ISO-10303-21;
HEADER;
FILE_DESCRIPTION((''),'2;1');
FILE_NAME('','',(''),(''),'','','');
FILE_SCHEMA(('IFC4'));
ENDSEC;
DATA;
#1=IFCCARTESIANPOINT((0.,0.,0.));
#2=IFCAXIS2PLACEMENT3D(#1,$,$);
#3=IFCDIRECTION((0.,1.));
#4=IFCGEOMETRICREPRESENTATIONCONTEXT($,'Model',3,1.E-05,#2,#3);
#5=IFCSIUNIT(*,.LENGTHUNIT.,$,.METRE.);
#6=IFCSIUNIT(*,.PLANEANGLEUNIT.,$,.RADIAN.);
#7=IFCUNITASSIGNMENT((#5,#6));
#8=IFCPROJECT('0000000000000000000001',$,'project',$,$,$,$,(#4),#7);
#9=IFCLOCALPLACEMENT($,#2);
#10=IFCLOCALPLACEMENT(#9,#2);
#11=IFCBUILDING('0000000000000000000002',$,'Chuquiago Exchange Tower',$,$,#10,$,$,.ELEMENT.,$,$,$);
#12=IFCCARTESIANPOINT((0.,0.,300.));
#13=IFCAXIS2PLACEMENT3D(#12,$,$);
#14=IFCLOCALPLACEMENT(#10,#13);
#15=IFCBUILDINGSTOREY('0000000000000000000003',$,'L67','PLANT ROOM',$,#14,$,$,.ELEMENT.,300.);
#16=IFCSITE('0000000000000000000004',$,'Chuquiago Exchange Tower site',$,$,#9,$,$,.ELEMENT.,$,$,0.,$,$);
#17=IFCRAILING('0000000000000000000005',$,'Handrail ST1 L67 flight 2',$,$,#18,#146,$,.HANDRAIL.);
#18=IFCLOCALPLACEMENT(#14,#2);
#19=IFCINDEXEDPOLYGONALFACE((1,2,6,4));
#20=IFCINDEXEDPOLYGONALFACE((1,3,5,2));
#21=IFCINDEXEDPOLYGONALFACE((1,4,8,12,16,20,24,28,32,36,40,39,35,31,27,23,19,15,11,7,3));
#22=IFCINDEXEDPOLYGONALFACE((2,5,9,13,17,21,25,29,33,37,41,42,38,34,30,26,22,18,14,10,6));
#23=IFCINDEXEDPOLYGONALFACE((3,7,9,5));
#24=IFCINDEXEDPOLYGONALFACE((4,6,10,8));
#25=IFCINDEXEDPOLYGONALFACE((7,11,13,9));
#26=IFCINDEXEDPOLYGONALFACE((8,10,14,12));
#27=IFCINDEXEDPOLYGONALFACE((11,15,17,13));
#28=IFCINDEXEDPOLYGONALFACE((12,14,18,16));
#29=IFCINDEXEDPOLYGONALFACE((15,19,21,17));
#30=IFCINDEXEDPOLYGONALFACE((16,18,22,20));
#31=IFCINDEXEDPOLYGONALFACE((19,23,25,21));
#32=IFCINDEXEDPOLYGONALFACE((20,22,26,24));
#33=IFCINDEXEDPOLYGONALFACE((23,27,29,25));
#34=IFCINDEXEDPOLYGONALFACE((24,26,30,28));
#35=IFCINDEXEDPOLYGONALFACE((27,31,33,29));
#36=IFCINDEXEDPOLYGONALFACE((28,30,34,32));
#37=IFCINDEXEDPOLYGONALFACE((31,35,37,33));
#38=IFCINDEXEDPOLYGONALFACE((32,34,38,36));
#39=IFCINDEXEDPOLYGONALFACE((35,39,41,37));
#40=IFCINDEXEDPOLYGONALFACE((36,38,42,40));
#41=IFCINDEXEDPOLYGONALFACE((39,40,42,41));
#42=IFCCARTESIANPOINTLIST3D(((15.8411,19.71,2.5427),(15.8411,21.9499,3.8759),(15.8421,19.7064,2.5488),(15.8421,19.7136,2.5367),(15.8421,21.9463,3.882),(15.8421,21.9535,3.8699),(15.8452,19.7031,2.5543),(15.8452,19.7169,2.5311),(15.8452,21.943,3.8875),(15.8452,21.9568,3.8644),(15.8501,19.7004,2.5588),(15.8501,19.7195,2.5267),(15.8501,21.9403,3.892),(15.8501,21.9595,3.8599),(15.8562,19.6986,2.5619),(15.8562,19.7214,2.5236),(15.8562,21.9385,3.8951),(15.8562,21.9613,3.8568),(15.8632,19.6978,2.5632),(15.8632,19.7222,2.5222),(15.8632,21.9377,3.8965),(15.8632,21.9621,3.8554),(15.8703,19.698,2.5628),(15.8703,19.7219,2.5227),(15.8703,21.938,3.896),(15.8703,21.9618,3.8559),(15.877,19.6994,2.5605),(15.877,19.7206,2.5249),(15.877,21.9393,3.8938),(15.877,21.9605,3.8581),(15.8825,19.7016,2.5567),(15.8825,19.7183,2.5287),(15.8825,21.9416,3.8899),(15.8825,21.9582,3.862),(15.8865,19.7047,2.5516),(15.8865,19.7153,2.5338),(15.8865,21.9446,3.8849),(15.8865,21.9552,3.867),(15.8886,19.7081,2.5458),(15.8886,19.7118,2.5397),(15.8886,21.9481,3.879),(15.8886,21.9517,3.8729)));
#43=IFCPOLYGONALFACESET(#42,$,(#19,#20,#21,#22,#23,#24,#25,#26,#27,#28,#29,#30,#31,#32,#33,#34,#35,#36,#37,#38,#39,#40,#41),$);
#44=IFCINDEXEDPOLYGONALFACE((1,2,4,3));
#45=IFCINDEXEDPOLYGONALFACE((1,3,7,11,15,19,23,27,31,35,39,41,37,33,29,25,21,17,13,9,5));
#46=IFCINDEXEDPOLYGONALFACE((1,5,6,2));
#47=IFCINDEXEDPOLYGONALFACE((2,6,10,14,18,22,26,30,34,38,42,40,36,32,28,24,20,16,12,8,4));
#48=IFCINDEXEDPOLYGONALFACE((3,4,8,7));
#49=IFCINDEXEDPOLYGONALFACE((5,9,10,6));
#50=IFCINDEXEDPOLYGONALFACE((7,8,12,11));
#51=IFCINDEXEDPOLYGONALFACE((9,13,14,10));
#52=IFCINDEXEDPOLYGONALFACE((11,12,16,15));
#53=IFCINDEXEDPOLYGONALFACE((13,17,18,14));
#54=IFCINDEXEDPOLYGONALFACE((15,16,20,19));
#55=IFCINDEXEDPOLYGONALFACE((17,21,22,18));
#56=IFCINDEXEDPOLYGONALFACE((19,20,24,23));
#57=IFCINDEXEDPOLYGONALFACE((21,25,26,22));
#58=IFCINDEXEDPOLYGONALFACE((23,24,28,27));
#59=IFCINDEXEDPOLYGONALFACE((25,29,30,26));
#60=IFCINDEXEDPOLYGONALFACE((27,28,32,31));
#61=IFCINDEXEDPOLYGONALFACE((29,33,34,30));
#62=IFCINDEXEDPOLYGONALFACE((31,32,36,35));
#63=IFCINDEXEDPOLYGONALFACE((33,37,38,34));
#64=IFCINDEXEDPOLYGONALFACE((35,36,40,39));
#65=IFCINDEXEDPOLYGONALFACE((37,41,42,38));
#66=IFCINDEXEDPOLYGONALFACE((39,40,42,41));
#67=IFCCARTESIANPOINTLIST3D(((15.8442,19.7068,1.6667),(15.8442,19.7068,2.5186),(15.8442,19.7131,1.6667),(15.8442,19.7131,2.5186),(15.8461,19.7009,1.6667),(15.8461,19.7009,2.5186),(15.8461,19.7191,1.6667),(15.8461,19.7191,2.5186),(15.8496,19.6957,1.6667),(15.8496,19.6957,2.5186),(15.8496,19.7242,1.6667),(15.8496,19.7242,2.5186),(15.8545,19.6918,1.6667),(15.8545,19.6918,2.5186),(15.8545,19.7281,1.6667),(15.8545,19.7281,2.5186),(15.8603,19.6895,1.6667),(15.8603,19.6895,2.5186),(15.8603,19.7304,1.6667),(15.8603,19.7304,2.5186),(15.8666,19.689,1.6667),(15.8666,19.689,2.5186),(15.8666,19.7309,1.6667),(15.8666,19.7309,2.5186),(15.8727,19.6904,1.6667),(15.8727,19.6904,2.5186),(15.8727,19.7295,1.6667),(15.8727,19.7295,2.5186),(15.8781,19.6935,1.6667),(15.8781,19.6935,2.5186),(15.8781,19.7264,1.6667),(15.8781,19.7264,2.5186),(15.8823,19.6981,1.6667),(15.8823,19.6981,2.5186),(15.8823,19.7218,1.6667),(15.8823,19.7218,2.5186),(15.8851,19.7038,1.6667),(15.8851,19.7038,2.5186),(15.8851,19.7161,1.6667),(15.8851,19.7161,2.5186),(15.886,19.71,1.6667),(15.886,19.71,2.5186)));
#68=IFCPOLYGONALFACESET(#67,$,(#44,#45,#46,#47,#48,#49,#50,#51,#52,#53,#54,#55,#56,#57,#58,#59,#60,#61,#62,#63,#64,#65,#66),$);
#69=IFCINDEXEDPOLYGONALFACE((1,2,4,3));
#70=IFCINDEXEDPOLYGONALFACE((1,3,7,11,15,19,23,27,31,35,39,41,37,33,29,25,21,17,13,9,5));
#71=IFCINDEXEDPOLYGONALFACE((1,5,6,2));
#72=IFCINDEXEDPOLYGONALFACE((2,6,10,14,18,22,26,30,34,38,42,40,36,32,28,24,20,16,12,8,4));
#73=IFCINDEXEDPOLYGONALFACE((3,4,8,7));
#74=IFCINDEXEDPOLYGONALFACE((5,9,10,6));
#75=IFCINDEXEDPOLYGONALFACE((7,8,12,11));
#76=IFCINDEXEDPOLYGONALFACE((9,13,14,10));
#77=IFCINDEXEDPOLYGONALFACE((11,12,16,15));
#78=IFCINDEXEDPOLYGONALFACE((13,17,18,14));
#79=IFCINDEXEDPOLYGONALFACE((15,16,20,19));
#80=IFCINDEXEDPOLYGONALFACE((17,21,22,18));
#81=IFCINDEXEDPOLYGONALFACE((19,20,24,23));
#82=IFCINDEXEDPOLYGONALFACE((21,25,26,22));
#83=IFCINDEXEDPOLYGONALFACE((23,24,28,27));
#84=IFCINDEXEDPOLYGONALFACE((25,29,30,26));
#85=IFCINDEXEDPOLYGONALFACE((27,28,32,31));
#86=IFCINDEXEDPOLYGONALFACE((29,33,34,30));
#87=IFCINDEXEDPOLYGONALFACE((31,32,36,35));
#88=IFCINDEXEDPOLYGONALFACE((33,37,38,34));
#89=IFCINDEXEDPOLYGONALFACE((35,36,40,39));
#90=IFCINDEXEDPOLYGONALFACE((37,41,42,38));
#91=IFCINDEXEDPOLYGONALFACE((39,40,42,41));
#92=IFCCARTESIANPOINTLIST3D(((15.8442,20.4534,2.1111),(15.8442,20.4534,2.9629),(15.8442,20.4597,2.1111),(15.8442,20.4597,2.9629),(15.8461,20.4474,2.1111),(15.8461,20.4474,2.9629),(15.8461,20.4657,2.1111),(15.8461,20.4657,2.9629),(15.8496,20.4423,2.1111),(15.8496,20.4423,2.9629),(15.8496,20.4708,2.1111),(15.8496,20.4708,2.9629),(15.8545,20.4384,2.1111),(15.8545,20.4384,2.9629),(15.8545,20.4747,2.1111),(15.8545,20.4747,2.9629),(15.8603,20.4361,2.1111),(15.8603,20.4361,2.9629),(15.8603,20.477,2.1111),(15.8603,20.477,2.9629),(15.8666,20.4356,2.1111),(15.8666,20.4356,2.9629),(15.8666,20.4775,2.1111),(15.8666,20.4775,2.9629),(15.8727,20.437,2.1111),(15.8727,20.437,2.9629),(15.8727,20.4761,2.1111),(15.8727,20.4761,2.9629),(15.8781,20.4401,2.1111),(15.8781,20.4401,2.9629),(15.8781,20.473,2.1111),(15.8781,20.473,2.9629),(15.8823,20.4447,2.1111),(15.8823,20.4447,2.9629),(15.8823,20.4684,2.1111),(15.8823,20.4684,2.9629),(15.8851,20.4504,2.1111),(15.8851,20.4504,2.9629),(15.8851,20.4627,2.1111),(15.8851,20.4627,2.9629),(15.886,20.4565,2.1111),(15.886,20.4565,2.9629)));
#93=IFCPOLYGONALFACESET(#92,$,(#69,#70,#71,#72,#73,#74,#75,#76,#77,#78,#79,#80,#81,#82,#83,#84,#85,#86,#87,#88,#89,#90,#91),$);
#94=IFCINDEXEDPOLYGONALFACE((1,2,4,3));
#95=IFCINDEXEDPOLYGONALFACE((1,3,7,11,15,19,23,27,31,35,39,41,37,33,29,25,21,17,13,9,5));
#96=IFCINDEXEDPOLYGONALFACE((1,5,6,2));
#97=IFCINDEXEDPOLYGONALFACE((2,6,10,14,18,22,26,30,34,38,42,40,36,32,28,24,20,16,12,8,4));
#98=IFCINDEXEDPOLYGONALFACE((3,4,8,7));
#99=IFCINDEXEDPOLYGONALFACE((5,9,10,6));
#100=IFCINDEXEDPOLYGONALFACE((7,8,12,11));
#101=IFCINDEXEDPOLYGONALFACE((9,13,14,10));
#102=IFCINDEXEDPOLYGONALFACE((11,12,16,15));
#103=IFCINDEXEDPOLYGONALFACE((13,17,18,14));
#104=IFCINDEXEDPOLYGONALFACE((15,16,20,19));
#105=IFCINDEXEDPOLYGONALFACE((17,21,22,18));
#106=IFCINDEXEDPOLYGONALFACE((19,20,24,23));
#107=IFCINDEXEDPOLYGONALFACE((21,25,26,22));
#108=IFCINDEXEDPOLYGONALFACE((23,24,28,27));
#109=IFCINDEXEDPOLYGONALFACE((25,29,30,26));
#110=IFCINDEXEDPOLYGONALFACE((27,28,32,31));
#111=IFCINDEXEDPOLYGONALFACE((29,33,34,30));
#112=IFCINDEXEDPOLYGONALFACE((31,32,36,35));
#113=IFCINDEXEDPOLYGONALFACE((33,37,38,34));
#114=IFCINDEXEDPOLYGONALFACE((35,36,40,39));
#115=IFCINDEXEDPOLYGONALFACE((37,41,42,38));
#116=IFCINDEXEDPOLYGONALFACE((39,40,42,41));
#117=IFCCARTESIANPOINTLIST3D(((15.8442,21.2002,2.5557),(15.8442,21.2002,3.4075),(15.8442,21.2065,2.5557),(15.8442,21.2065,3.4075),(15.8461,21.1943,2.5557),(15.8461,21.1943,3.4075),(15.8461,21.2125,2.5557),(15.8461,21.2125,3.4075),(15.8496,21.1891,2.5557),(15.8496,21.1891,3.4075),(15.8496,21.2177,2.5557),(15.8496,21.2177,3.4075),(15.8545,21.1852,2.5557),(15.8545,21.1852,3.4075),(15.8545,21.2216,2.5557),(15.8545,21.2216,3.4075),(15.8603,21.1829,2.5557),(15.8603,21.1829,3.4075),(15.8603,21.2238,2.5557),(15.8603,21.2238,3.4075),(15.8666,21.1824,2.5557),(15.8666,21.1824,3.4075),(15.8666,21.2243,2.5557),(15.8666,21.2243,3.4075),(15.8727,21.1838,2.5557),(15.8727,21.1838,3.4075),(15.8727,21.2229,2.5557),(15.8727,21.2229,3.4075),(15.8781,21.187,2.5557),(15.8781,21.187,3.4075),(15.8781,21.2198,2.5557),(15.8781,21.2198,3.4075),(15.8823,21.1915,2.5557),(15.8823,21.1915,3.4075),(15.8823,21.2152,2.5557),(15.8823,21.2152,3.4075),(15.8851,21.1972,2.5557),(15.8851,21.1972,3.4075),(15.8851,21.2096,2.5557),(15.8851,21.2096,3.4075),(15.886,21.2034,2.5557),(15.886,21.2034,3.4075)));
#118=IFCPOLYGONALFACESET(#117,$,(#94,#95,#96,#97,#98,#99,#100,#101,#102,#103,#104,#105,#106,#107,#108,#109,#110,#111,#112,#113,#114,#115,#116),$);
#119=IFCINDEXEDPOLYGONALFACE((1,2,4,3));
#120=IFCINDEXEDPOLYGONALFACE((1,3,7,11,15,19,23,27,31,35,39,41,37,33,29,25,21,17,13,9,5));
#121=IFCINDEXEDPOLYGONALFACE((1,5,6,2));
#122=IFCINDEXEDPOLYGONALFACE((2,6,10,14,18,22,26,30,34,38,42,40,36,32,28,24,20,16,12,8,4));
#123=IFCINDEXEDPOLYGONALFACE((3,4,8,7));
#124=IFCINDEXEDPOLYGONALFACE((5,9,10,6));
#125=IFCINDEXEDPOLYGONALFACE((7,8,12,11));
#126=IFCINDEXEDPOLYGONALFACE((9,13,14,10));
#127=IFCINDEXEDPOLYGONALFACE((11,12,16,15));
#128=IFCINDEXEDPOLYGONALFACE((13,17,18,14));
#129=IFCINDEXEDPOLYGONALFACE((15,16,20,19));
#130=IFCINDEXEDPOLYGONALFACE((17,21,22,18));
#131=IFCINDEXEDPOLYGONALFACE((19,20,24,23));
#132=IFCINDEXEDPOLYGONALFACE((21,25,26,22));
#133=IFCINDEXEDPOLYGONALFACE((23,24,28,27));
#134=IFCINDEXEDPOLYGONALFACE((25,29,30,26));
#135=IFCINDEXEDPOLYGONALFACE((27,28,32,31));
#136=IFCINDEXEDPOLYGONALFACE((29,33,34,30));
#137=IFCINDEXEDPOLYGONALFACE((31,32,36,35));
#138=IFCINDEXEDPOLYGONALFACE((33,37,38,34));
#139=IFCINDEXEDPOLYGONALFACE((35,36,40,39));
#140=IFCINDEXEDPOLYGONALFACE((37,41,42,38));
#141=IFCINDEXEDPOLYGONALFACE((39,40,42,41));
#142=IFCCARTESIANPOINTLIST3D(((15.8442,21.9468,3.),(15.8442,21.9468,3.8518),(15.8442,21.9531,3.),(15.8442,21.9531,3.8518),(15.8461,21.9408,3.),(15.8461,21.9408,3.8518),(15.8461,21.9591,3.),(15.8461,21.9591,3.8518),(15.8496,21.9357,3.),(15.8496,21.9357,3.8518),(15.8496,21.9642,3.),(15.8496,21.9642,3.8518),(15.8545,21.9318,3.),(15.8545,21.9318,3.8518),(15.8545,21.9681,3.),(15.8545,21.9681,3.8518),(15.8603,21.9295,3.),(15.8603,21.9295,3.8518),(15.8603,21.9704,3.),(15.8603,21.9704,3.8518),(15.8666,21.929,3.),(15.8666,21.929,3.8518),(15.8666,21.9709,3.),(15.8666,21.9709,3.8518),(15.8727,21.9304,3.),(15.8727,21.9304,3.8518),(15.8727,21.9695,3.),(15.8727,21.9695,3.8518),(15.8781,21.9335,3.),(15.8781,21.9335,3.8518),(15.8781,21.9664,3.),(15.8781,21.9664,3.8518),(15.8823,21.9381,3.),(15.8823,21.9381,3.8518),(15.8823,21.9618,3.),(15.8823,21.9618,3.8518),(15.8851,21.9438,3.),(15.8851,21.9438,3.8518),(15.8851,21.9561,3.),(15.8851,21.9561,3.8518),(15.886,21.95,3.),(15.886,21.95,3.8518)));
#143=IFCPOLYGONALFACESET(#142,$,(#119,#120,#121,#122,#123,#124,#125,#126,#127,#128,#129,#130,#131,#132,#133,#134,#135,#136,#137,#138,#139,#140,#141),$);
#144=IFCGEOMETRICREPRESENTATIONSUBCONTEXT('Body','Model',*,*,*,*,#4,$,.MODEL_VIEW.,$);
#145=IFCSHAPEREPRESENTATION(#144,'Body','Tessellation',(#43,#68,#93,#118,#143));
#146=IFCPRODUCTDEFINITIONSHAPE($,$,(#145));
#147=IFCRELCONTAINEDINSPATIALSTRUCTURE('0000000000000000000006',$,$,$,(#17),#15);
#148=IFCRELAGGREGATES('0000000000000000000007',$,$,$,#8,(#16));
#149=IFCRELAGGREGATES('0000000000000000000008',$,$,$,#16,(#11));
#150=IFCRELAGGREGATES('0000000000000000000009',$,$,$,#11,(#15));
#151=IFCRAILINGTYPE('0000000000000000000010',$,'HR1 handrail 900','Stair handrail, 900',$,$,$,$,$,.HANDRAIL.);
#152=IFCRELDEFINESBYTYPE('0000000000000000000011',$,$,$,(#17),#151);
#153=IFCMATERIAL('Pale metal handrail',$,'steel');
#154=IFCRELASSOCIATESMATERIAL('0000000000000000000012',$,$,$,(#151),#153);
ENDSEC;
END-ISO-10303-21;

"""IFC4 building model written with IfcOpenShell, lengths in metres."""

from ifc_helpers import new_model, si_unit, direction, frame, origin, origin_2d, place, context, subcontext, project, spatial, circle, extrude, material, type_object, element, save


model = new_model("IFC4")

# Units and contexts
model_context = context("Model", 3, precision=1e-05, world=origin(), true_north=direction((0.0, 1.0)))
body_context = subcontext(model_context, "Body", "Model", "MODEL_VIEW")
ifc_project = project(units=[si_unit("LENGTHUNIT", "METRE"), si_unit("PLANEANGLEUNIT", "RADIAN")], contexts=[model_context])

# Site, building, storey
site_placement = place(None, origin())
site = spatial("IfcSite", under=ifc_project, at=site_placement, Name="Chuquiago Exchange Tower site", CompositionType="ELEMENT", RefElevation=0.0)
building_placement = place(site_placement, origin())
building = spatial("IfcBuilding", under=site, at=building_placement, Name="Chuquiago Exchange Tower", CompositionType="ELEMENT")
storey_placement = place(building_placement, frame((0.0, 0.0, 300.0)))
storey = spatial("IfcBuildingStorey", under=building, at=storey_placement, Name="L67", Description="PLANT ROOM", CompositionType="ELEMENT", Elevation=300.0)

# Railing
ifc_material_1 = material(Name="Pale metal handrail", Category="steel")
railing_type_1 = type_object("IfcRailingType", Name="HR1 handrail 900", Description="Stair handrail, 900", PredefinedType="HANDRAIL", material=ifc_material_1)
for number, where, name in (
    (1, (15.865, 19.71, 1.6667), "Handrail ST1 L67 flight 2"),
):
    element("IfcRailing", number, at=place(storey_placement, frame(where)), inside=storey, type_object=railing_type_1, Name=name, PredefinedType="HANDRAIL", context=body_context, shape_type="SweptSolid", body=[
        extrude(circle(Radius=0.0239, at=origin_2d()), frame((0.0, 0.0, 0.876), z_axis=(0.0, 0.859306, 0.511462), x_axis=(-1.0, 0.0, 0.0)), (0.0, 0.0, 1.0), 2.6067),
        extrude(circle(Radius=0.021, at=origin_2d()), origin(), (0.0, 0.0, 1.0), 0.8518),
        extrude(circle(Radius=0.021, at=origin_2d()), frame((0.0, 0.7466, 0.4443)), (0.0, 0.0, 1.0), 0.8518),
        extrude(circle(Radius=0.021, at=origin_2d()), frame((0.0, 1.4934, 0.8889)), (0.0, 0.0, 1.0), 0.8518),
        extrude(circle(Radius=0.021, at=origin_2d()), frame((0.0, 2.24, 1.3333)), (0.0, 0.0, 1.0), 0.8518),
    ])

save(model, "model.ifc")
